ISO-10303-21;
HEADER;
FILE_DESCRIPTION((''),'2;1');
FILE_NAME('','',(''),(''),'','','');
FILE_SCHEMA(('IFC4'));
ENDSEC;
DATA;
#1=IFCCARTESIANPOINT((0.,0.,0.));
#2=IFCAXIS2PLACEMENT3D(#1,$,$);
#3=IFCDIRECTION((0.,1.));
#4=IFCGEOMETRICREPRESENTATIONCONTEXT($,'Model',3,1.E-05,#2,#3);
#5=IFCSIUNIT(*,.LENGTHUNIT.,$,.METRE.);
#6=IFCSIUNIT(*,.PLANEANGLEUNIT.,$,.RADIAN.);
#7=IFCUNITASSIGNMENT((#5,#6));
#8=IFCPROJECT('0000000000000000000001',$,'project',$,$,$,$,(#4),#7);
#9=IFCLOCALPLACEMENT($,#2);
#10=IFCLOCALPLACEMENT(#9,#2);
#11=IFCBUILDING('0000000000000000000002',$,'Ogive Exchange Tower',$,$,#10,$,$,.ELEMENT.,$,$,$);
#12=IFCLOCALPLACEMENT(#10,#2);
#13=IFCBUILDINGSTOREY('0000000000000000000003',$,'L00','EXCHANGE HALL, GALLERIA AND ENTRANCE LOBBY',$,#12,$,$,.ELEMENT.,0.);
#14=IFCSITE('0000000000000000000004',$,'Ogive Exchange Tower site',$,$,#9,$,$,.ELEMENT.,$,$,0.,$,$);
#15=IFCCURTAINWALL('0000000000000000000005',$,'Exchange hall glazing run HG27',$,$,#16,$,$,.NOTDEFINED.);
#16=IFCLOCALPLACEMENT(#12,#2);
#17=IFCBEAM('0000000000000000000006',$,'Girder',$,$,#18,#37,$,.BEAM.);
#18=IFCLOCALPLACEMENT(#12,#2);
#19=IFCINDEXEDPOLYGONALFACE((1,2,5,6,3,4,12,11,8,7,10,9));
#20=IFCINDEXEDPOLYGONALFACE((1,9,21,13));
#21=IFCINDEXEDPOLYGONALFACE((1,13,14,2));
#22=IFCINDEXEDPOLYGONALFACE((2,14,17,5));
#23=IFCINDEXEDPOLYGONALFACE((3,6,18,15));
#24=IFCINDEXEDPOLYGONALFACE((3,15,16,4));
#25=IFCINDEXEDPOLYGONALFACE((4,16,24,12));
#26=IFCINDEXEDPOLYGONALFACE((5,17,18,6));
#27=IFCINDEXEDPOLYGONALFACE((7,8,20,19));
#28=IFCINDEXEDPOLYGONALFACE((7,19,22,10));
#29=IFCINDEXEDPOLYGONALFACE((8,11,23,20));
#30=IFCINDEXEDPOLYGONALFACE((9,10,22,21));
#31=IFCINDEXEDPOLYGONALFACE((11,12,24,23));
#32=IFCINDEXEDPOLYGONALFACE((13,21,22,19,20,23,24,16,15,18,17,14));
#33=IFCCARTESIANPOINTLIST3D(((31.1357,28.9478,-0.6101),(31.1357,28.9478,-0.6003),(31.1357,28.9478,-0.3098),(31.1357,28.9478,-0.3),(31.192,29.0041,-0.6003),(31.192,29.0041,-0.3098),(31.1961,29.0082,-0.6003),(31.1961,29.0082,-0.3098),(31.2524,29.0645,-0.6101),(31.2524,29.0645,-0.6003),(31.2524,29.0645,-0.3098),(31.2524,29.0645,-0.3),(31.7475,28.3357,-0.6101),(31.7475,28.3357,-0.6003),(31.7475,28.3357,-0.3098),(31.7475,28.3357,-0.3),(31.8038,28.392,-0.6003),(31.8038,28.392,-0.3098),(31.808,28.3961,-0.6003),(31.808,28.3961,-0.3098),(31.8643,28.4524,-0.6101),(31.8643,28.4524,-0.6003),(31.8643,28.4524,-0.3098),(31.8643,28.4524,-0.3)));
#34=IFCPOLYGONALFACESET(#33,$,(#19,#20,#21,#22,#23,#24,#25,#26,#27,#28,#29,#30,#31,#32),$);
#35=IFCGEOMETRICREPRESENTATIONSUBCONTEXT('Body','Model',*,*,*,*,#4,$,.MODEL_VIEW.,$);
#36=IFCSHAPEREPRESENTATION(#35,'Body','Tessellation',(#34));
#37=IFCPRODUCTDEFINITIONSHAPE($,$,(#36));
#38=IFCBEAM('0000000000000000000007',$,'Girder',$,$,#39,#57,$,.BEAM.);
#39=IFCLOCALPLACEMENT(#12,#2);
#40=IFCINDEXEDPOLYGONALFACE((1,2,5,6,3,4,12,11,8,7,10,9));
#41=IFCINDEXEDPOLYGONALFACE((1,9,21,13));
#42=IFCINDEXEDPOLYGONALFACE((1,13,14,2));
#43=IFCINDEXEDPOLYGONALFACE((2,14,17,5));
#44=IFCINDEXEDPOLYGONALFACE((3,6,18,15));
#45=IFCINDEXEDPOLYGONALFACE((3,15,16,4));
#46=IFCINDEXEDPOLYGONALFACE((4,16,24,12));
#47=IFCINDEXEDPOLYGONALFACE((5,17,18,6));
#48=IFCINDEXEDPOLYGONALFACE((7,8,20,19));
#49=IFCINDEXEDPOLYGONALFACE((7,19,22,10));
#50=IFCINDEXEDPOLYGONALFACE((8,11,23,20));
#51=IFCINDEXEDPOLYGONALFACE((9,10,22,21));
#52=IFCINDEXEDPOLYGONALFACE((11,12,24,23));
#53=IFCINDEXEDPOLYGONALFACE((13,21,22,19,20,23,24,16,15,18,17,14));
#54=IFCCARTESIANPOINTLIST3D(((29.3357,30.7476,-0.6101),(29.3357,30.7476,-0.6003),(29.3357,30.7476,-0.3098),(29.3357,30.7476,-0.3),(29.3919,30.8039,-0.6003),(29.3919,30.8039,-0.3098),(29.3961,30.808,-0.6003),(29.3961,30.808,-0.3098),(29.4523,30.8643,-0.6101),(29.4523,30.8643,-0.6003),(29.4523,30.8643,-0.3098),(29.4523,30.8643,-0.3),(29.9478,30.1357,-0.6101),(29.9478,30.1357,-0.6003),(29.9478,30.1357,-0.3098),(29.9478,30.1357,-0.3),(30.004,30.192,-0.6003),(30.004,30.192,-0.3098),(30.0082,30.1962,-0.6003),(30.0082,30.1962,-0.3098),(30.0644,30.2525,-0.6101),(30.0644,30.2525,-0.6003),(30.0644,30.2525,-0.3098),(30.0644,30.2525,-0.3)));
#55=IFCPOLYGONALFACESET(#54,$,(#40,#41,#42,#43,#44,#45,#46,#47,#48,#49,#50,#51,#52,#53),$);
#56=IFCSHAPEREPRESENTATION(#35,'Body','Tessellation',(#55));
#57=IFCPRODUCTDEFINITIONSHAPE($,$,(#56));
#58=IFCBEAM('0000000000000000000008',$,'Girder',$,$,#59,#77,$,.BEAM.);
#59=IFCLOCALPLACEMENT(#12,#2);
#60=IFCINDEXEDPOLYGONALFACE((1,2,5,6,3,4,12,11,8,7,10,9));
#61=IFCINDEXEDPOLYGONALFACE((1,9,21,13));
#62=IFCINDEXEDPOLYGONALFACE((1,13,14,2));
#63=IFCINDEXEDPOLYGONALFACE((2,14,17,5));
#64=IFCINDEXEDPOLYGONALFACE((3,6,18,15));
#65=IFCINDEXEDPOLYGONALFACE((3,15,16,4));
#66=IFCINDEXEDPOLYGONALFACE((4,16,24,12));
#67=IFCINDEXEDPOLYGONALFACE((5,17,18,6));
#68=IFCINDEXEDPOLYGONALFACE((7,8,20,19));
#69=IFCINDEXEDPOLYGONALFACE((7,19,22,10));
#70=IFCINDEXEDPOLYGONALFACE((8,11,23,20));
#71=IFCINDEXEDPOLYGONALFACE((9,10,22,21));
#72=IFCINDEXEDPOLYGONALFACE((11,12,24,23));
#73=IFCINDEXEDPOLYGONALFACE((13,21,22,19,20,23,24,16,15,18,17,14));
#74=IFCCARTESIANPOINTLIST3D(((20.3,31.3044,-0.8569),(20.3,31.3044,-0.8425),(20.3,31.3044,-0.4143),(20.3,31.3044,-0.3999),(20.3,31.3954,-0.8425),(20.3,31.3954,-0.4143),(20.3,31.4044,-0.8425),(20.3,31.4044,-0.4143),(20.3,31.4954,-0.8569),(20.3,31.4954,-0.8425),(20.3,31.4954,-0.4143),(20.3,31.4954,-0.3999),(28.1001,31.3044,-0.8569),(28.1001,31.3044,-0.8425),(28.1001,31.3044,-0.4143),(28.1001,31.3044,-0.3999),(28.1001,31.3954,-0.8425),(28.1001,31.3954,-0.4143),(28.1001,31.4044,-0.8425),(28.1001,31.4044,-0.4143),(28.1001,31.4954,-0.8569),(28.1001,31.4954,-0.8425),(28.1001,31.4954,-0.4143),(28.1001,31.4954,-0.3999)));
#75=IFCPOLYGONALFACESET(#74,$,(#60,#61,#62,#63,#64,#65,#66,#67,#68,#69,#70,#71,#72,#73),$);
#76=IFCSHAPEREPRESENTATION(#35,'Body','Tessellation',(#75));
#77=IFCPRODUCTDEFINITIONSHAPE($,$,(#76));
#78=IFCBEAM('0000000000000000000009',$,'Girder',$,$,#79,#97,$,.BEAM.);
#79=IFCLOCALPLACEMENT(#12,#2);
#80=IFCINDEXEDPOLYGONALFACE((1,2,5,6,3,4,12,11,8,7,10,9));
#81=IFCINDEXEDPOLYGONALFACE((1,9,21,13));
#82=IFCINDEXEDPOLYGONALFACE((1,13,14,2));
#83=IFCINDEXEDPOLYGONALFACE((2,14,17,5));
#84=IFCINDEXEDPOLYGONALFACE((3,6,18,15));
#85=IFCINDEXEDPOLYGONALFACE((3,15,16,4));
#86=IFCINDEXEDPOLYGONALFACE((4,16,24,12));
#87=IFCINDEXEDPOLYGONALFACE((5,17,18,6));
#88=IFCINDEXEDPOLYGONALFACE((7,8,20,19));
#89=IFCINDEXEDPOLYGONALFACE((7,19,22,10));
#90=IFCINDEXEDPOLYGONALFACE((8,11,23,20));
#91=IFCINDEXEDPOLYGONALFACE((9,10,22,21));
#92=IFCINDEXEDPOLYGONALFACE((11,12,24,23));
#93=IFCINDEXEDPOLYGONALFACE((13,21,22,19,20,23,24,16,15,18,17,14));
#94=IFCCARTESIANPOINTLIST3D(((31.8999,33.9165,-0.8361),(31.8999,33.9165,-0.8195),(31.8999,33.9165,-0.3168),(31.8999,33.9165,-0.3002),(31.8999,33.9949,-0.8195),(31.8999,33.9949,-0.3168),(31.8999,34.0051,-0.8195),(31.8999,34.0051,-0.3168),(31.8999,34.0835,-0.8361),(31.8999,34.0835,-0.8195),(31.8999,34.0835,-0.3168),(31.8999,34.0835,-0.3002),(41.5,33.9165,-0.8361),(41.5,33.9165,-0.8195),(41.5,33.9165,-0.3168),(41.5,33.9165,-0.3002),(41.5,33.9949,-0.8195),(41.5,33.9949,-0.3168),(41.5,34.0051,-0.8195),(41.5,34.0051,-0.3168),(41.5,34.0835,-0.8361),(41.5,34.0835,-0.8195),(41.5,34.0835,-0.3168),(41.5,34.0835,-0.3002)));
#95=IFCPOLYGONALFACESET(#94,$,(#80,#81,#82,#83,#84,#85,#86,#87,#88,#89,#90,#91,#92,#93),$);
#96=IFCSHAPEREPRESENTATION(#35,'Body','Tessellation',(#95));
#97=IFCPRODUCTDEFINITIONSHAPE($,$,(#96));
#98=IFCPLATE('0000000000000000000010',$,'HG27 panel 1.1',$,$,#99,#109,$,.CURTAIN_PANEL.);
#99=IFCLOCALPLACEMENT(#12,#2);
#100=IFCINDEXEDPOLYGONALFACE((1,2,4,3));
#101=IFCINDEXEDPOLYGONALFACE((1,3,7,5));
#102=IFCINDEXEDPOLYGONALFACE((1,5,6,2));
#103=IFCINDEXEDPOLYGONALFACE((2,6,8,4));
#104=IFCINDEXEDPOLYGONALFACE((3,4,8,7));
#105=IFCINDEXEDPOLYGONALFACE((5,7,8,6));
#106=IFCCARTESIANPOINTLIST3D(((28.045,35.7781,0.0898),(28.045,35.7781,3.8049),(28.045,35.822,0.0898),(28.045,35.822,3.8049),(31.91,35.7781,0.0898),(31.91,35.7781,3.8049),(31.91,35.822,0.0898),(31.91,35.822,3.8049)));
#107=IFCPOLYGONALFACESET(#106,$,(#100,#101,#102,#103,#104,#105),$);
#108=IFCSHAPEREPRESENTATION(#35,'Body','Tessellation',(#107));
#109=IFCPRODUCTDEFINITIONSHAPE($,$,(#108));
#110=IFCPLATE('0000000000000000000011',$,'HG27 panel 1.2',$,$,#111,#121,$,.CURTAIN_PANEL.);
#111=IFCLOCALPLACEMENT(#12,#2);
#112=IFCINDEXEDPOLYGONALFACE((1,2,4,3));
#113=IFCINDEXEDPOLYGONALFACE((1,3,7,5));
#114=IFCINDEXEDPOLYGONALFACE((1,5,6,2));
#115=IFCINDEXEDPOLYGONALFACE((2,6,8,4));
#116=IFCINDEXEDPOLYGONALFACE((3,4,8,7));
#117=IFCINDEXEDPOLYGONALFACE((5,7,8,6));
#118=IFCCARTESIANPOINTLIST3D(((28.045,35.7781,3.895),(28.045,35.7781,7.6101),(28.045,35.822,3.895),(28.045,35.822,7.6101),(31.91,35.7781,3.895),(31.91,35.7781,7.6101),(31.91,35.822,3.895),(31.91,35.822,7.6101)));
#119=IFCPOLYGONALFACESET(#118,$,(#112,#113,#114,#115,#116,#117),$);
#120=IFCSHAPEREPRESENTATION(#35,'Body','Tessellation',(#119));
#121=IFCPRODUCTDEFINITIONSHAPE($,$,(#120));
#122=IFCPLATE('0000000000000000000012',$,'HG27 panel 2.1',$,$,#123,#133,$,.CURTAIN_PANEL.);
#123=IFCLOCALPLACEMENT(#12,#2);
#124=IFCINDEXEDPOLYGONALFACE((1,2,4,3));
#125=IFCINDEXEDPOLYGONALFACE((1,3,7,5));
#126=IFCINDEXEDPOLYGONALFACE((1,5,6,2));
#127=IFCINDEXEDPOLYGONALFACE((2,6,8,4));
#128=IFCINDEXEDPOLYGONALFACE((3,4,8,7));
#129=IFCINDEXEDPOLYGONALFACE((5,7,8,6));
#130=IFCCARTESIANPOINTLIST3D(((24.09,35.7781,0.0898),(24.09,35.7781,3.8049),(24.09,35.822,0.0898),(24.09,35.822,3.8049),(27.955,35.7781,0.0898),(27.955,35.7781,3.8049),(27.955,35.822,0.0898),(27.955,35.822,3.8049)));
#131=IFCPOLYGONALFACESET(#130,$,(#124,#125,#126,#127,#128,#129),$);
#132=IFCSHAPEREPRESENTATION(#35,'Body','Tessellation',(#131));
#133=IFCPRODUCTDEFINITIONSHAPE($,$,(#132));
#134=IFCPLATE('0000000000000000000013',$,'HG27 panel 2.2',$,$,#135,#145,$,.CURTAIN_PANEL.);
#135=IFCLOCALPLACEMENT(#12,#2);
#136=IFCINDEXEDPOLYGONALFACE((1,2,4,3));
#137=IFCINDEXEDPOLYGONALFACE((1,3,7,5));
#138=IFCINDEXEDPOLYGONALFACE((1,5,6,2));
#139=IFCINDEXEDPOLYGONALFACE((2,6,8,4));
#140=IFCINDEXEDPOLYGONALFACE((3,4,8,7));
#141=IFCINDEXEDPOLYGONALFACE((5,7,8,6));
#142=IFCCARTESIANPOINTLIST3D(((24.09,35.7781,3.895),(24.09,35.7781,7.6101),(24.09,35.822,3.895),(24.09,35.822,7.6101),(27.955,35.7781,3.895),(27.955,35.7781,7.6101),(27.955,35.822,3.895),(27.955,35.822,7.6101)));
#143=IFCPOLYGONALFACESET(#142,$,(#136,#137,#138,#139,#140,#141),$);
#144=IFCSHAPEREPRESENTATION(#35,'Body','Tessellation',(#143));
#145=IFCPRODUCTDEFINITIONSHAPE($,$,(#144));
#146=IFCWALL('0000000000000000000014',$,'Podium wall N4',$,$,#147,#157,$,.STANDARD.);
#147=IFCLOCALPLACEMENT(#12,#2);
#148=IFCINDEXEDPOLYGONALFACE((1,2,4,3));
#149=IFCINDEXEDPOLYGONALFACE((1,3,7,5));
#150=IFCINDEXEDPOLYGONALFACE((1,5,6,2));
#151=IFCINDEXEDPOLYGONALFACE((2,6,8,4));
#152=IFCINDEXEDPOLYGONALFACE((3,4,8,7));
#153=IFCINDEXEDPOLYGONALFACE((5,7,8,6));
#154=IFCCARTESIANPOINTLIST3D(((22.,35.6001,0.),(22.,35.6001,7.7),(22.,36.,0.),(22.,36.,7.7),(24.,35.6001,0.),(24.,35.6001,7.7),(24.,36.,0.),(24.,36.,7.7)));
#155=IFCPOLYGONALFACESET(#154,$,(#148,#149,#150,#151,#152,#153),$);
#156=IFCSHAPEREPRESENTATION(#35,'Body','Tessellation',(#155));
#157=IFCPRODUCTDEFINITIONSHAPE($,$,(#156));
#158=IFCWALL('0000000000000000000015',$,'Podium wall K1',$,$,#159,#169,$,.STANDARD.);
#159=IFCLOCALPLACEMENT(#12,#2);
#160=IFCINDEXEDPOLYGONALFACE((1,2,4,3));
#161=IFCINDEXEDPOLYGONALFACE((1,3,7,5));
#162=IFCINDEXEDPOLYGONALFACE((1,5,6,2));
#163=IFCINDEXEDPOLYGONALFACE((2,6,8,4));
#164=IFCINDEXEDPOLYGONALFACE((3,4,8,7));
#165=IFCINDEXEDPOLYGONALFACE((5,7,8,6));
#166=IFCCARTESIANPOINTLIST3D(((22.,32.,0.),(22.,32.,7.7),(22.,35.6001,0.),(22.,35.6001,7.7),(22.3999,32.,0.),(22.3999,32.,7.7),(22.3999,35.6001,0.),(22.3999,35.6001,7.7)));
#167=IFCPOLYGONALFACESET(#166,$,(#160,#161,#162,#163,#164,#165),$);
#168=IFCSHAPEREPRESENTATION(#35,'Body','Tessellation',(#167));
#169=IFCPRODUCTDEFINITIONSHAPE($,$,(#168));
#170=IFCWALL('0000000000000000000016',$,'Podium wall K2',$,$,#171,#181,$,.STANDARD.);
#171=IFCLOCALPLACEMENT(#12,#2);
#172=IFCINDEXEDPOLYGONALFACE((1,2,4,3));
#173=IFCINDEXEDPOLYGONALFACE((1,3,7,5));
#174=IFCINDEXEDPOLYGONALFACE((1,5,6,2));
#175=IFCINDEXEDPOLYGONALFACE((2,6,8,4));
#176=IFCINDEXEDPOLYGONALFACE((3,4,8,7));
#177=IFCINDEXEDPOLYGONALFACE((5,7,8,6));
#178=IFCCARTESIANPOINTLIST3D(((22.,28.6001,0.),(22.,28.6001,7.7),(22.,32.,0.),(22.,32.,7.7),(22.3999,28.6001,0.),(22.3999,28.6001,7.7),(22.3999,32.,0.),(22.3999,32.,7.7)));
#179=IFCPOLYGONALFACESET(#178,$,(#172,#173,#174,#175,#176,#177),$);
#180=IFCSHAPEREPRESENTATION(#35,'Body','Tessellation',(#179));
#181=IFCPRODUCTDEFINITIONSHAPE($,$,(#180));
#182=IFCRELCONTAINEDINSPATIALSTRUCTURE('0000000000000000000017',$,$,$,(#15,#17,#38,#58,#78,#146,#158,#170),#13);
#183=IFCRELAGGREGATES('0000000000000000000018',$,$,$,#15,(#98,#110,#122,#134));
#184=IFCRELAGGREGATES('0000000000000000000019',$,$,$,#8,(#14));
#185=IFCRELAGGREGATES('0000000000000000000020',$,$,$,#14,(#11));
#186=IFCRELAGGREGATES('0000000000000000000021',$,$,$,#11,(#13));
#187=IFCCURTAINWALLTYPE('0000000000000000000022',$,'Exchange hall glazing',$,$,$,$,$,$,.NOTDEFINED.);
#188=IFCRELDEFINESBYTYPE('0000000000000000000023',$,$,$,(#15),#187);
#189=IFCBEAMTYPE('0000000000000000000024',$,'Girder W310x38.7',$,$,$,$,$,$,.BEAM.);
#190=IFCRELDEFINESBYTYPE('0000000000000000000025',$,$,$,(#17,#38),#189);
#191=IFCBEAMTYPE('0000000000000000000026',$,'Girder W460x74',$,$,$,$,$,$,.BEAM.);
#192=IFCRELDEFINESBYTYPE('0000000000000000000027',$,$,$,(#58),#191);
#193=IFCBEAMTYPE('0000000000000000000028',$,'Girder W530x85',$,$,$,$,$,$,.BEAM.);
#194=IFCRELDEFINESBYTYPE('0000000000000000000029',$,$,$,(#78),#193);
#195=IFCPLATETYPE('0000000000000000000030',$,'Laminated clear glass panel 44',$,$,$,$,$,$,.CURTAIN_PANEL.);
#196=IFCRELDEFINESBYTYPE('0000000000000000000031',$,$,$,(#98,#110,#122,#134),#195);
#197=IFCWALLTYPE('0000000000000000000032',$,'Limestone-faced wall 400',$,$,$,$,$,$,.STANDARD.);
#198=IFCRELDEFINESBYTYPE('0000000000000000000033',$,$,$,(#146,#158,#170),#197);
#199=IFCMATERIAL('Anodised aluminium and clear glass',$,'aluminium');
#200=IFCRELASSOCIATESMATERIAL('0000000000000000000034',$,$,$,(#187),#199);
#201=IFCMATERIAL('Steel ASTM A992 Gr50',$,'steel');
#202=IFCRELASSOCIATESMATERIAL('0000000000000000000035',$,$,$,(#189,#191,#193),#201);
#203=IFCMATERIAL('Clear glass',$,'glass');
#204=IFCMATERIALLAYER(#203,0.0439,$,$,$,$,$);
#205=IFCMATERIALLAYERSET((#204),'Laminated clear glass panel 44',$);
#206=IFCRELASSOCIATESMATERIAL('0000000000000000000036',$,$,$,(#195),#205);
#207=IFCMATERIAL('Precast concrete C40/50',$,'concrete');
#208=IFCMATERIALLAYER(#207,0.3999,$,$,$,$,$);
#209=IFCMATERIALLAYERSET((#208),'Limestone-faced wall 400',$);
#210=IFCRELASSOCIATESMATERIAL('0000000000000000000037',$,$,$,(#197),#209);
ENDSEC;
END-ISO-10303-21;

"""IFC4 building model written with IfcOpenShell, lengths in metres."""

from ifc_helpers import new_model, si_unit, direction, frame, frame_2d, origin, origin_2d, place, context, subcontext, project, spatial, rectangle, i_section, extrude, material, layer, layer_set, material_profile, profile_set, type_object, element, aggregate, save


model = new_model("IFC4")

# Units and contexts
model_context = context("Model", 3, precision=1e-05, world=origin(), true_north=direction((0.0, 1.0)))
body_context = subcontext(model_context, "Body", "Model", "MODEL_VIEW")
ifc_project = project(units=[si_unit("LENGTHUNIT", "METRE"), si_unit("PLANEANGLEUNIT", "RADIAN")], contexts=[model_context])

# Site, building, storey
site_placement = place(None, origin())
site = spatial("IfcSite", under=ifc_project, at=site_placement, Name="Ogive Exchange Tower site", CompositionType="ELEMENT", RefElevation=0.0)
building_placement = place(site_placement, origin())
building = spatial("IfcBuilding", under=site, at=building_placement, Name="Ogive Exchange Tower", CompositionType="ELEMENT")
storey_placement = place(building_placement, origin())
storey = spatial("IfcBuildingStorey", under=building, at=storey_placement, Name="L00", Description="EXCHANGE HALL, GALLERIA AND ENTRANCE LOBBY", CompositionType="ELEMENT", Elevation=0.0)

# Curtain wall
ifc_material_1 = material(Name="Anodised aluminium and clear glass", Category="aluminium")
curtain_wall_type = type_object("IfcCurtainWallType", Name="Exchange hall glazing", PredefinedType="NOTDEFINED", material=ifc_material_1)
curtain_wall_placement = place(storey_placement, origin())
curtain_wall = element("IfcCurtainWall", 1, at=curtain_wall_placement, inside=storey, type_object=curtain_wall_type, Name="Exchange hall glazing run HG27", PredefinedType="NOTDEFINED")

# Beams
ifc_material_2 = material(Name="Steel ASTM A992 Gr50", Category="steel")
ifc_material_profile_1 = material_profile(ifc_material_2, i_section(OverallWidth=0.165, OverallDepth=0.3101, WebThickness=0.0059, FlangeThickness=0.0098, at=origin_2d()), Name="W310x38.7")
ifc_profile_set_1 = profile_set([ifc_material_profile_1], Name="Steel ASTM A992 Gr50")
beam_type_1 = type_object("IfcBeamType", Name="Girder W310x38.7", PredefinedType="BEAM", material=ifc_profile_set_1)
for number, where, z_axis, x_axis, name in (
    (2, (31.8059, 28.394, -0.4551), (-0.706966, 0.707248, 0.0), (-0.707248, -0.706966, 0.0), "Girder"),
    (3, (30.0061, 30.1941, -0.4551), (-0.707248, 0.706966, 0.0), (-0.706966, -0.707248, 0.0), "Girder"),
):
    element("IfcBeam", number, at=place(storey_placement, frame(where, z_axis=z_axis, x_axis=x_axis)), inside=storey, type_object=beam_type_1, Name=name, PredefinedType="BEAM", context=body_context, shape_type="SweptSolid", body=[
        extrude(i_section(OverallWidth=0.165, OverallDepth=0.3101, WebThickness=0.0059, FlangeThickness=0.0098, at=origin_2d()), origin(), (0.0, 0.0, 1.0), 0.8655),
    ])
ifc_material_profile_2 = material_profile(ifc_material_2, i_section(OverallWidth=0.1909, OverallDepth=0.457, WebThickness=0.009, FlangeThickness=0.0144, at=origin_2d()), Name="W460x74")
ifc_profile_set_2 = profile_set([ifc_material_profile_2], Name="Steel ASTM A992 Gr50")
beam_type_2 = type_object("IfcBeamType", Name="Girder W460x74", PredefinedType="BEAM", material=ifc_profile_set_2)
beam_1_placement = place(storey_placement, frame((28.1001, 31.3999, -0.6284), z_axis=(-1.0, 0.0, 0.0), x_axis=(0.0, -1.0, 0.0)))
element("IfcBeam", 4, at=beam_1_placement, inside=storey, type_object=beam_type_2, Name="Girder", PredefinedType="BEAM", context=body_context, shape_type="SweptSolid", body=[
    extrude(i_section(OverallWidth=0.1909, OverallDepth=0.457, WebThickness=0.009, FlangeThickness=0.0144, at=origin_2d()), origin(), (0.0, 0.0, 1.0), 7.8),
])
ifc_material_profile_3 = material_profile(ifc_material_2, i_section(OverallWidth=0.167, OverallDepth=0.5359, WebThickness=0.0103, FlangeThickness=0.0166, at=origin_2d()), Name="W530x85")
ifc_profile_set_3 = profile_set([ifc_material_profile_3], Name="Steel ASTM A992 Gr50")
beam_type_3 = type_object("IfcBeamType", Name="Girder W530x85", PredefinedType="BEAM", material=ifc_profile_set_3)
beam_2_placement = place(storey_placement, frame((31.8999, 34.0, -0.5681), z_axis=(1.0, 0.0, 0.0), x_axis=(0.0, 1.0, 0.0)))
element("IfcBeam", 5, at=beam_2_placement, inside=storey, type_object=beam_type_3, Name="Girder", PredefinedType="BEAM", context=body_context, shape_type="SweptSolid", body=[
    extrude(i_section(OverallWidth=0.167, OverallDepth=0.5359, WebThickness=0.0103, FlangeThickness=0.0166, at=origin_2d()), origin(), (0.0, 0.0, 1.0), 9.6001),
])

# Plates
ifc_material_3 = material(Name="Clear glass", Category="glass")
ifc_layer_1 = layer(ifc_material_3, 0.0439)
ifc_layer_set_1 = layer_set([ifc_layer_1], Name="Laminated clear glass panel 44")
plate_type = type_object("IfcPlateType", Name="Laminated clear glass panel 44", PredefinedType="CURTAIN_PANEL", material=ifc_layer_set_1)
plate_1_placement = place(storey_placement, frame((29.9775, 35.8, 0.0898), z_axis=(0.0, 0.0, 1.0), x_axis=(-1.0, 0.0, 0.0)))
plate_1 = element("IfcPlate", 6, at=plate_1_placement, type_object=plate_type, Name="HG27 panel 1.1", PredefinedType="CURTAIN_PANEL", context=body_context, shape_type="SweptSolid", body=[
    extrude(rectangle(XDim=3.865, YDim=0.0439, at=origin_2d()), origin(), (0.0, 0.0, 1.0), 3.7151),
])
plate_2_placement = place(storey_placement, frame((29.9775, 35.8, 3.895), z_axis=(0.0, 0.0, 1.0), x_axis=(-1.0, 0.0, 0.0)))
plate_2 = element("IfcPlate", 7, at=plate_2_placement, type_object=plate_type, Name="HG27 panel 1.2", PredefinedType="CURTAIN_PANEL", context=body_context, shape_type="SweptSolid", body=[
    extrude(rectangle(XDim=3.865, YDim=0.0439, at=origin_2d()), origin(), (0.0, 0.0, 1.0), 3.7151),
])
plate_3_placement = place(storey_placement, frame((26.0225, 35.8, 0.0898), z_axis=(0.0, 0.0, 1.0), x_axis=(-1.0, 0.0, 0.0)))
plate_3 = element("IfcPlate", 8, at=plate_3_placement, type_object=plate_type, Name="HG27 panel 2.1", PredefinedType="CURTAIN_PANEL", context=body_context, shape_type="SweptSolid", body=[
    extrude(rectangle(XDim=3.865, YDim=0.0439, at=origin_2d()), origin(), (0.0, 0.0, 1.0), 3.7151),
])
plate_4_placement = place(storey_placement, frame((26.0225, 35.8, 3.895), z_axis=(0.0, 0.0, 1.0), x_axis=(-1.0, 0.0, 0.0)))
plate_4 = element("IfcPlate", 9, at=plate_4_placement, type_object=plate_type, Name="HG27 panel 2.2", PredefinedType="CURTAIN_PANEL", context=body_context, shape_type="SweptSolid", body=[
    extrude(rectangle(XDim=3.865, YDim=0.0439, at=origin_2d()), origin(), (0.0, 0.0, 1.0), 3.7151),
])
aggregate(curtain_wall, [plate_1, plate_2, plate_3, plate_4])

# Walls
ifc_material_4 = material(Name="Precast concrete C40/50", Category="concrete")
ifc_layer_2 = layer(ifc_material_4, 0.3999)
ifc_layer_set_2 = layer_set([ifc_layer_2], Name="Limestone-faced wall 400")
wall_type_1 = type_object("IfcWallType", Name="Limestone-faced wall 400", PredefinedType="STANDARD", material=ifc_layer_set_2)
wall_1_placement = place(storey_placement, frame((24.0, 35.8, 0.0), z_axis=(0.0, 0.0, 1.0), x_axis=(-1.0, 0.0, 0.0)))
element("IfcWall", 10, at=wall_1_placement, inside=storey, type_object=wall_type_1, Name="Podium wall N4", PredefinedType="STANDARD", context=body_context, shape_type="SweptSolid", body=[
    extrude(rectangle(XDim=2.0, YDim=0.3999, at=frame_2d((1.0, 0.0))), origin(), (0.0, 0.0, 1.0), 7.7),
])
wall_2_placement = place(storey_placement, frame((22.2, 35.6001, 0.0), z_axis=(0.0, 0.0, 1.0), x_axis=(0.0, -1.0, 0.0)))
element("IfcWall", 11, at=wall_2_placement, inside=storey, type_object=wall_type_1, Name="Podium wall K1", PredefinedType="STANDARD", context=body_context, shape_type="SweptSolid", body=[
    extrude(rectangle(XDim=3.6001, YDim=0.3999, at=frame_2d((1.8, 0.0))), origin(), (0.0, 0.0, 1.0), 7.7),
])
wall_3_placement = place(storey_placement, frame((22.2, 32.0, 0.0), z_axis=(0.0, 0.0, 1.0), x_axis=(0.0, -1.0, 0.0)))
element("IfcWall", 12, at=wall_3_placement, inside=storey, type_object=wall_type_1, Name="Podium wall K2", PredefinedType="STANDARD", context=body_context, shape_type="SweptSolid", body=[
    extrude(rectangle(XDim=3.3999, YDim=0.3999, at=frame_2d((1.7, 0.0))), origin(), (0.0, 0.0, 1.0), 7.7),
])

save(model, "model.ifc")
